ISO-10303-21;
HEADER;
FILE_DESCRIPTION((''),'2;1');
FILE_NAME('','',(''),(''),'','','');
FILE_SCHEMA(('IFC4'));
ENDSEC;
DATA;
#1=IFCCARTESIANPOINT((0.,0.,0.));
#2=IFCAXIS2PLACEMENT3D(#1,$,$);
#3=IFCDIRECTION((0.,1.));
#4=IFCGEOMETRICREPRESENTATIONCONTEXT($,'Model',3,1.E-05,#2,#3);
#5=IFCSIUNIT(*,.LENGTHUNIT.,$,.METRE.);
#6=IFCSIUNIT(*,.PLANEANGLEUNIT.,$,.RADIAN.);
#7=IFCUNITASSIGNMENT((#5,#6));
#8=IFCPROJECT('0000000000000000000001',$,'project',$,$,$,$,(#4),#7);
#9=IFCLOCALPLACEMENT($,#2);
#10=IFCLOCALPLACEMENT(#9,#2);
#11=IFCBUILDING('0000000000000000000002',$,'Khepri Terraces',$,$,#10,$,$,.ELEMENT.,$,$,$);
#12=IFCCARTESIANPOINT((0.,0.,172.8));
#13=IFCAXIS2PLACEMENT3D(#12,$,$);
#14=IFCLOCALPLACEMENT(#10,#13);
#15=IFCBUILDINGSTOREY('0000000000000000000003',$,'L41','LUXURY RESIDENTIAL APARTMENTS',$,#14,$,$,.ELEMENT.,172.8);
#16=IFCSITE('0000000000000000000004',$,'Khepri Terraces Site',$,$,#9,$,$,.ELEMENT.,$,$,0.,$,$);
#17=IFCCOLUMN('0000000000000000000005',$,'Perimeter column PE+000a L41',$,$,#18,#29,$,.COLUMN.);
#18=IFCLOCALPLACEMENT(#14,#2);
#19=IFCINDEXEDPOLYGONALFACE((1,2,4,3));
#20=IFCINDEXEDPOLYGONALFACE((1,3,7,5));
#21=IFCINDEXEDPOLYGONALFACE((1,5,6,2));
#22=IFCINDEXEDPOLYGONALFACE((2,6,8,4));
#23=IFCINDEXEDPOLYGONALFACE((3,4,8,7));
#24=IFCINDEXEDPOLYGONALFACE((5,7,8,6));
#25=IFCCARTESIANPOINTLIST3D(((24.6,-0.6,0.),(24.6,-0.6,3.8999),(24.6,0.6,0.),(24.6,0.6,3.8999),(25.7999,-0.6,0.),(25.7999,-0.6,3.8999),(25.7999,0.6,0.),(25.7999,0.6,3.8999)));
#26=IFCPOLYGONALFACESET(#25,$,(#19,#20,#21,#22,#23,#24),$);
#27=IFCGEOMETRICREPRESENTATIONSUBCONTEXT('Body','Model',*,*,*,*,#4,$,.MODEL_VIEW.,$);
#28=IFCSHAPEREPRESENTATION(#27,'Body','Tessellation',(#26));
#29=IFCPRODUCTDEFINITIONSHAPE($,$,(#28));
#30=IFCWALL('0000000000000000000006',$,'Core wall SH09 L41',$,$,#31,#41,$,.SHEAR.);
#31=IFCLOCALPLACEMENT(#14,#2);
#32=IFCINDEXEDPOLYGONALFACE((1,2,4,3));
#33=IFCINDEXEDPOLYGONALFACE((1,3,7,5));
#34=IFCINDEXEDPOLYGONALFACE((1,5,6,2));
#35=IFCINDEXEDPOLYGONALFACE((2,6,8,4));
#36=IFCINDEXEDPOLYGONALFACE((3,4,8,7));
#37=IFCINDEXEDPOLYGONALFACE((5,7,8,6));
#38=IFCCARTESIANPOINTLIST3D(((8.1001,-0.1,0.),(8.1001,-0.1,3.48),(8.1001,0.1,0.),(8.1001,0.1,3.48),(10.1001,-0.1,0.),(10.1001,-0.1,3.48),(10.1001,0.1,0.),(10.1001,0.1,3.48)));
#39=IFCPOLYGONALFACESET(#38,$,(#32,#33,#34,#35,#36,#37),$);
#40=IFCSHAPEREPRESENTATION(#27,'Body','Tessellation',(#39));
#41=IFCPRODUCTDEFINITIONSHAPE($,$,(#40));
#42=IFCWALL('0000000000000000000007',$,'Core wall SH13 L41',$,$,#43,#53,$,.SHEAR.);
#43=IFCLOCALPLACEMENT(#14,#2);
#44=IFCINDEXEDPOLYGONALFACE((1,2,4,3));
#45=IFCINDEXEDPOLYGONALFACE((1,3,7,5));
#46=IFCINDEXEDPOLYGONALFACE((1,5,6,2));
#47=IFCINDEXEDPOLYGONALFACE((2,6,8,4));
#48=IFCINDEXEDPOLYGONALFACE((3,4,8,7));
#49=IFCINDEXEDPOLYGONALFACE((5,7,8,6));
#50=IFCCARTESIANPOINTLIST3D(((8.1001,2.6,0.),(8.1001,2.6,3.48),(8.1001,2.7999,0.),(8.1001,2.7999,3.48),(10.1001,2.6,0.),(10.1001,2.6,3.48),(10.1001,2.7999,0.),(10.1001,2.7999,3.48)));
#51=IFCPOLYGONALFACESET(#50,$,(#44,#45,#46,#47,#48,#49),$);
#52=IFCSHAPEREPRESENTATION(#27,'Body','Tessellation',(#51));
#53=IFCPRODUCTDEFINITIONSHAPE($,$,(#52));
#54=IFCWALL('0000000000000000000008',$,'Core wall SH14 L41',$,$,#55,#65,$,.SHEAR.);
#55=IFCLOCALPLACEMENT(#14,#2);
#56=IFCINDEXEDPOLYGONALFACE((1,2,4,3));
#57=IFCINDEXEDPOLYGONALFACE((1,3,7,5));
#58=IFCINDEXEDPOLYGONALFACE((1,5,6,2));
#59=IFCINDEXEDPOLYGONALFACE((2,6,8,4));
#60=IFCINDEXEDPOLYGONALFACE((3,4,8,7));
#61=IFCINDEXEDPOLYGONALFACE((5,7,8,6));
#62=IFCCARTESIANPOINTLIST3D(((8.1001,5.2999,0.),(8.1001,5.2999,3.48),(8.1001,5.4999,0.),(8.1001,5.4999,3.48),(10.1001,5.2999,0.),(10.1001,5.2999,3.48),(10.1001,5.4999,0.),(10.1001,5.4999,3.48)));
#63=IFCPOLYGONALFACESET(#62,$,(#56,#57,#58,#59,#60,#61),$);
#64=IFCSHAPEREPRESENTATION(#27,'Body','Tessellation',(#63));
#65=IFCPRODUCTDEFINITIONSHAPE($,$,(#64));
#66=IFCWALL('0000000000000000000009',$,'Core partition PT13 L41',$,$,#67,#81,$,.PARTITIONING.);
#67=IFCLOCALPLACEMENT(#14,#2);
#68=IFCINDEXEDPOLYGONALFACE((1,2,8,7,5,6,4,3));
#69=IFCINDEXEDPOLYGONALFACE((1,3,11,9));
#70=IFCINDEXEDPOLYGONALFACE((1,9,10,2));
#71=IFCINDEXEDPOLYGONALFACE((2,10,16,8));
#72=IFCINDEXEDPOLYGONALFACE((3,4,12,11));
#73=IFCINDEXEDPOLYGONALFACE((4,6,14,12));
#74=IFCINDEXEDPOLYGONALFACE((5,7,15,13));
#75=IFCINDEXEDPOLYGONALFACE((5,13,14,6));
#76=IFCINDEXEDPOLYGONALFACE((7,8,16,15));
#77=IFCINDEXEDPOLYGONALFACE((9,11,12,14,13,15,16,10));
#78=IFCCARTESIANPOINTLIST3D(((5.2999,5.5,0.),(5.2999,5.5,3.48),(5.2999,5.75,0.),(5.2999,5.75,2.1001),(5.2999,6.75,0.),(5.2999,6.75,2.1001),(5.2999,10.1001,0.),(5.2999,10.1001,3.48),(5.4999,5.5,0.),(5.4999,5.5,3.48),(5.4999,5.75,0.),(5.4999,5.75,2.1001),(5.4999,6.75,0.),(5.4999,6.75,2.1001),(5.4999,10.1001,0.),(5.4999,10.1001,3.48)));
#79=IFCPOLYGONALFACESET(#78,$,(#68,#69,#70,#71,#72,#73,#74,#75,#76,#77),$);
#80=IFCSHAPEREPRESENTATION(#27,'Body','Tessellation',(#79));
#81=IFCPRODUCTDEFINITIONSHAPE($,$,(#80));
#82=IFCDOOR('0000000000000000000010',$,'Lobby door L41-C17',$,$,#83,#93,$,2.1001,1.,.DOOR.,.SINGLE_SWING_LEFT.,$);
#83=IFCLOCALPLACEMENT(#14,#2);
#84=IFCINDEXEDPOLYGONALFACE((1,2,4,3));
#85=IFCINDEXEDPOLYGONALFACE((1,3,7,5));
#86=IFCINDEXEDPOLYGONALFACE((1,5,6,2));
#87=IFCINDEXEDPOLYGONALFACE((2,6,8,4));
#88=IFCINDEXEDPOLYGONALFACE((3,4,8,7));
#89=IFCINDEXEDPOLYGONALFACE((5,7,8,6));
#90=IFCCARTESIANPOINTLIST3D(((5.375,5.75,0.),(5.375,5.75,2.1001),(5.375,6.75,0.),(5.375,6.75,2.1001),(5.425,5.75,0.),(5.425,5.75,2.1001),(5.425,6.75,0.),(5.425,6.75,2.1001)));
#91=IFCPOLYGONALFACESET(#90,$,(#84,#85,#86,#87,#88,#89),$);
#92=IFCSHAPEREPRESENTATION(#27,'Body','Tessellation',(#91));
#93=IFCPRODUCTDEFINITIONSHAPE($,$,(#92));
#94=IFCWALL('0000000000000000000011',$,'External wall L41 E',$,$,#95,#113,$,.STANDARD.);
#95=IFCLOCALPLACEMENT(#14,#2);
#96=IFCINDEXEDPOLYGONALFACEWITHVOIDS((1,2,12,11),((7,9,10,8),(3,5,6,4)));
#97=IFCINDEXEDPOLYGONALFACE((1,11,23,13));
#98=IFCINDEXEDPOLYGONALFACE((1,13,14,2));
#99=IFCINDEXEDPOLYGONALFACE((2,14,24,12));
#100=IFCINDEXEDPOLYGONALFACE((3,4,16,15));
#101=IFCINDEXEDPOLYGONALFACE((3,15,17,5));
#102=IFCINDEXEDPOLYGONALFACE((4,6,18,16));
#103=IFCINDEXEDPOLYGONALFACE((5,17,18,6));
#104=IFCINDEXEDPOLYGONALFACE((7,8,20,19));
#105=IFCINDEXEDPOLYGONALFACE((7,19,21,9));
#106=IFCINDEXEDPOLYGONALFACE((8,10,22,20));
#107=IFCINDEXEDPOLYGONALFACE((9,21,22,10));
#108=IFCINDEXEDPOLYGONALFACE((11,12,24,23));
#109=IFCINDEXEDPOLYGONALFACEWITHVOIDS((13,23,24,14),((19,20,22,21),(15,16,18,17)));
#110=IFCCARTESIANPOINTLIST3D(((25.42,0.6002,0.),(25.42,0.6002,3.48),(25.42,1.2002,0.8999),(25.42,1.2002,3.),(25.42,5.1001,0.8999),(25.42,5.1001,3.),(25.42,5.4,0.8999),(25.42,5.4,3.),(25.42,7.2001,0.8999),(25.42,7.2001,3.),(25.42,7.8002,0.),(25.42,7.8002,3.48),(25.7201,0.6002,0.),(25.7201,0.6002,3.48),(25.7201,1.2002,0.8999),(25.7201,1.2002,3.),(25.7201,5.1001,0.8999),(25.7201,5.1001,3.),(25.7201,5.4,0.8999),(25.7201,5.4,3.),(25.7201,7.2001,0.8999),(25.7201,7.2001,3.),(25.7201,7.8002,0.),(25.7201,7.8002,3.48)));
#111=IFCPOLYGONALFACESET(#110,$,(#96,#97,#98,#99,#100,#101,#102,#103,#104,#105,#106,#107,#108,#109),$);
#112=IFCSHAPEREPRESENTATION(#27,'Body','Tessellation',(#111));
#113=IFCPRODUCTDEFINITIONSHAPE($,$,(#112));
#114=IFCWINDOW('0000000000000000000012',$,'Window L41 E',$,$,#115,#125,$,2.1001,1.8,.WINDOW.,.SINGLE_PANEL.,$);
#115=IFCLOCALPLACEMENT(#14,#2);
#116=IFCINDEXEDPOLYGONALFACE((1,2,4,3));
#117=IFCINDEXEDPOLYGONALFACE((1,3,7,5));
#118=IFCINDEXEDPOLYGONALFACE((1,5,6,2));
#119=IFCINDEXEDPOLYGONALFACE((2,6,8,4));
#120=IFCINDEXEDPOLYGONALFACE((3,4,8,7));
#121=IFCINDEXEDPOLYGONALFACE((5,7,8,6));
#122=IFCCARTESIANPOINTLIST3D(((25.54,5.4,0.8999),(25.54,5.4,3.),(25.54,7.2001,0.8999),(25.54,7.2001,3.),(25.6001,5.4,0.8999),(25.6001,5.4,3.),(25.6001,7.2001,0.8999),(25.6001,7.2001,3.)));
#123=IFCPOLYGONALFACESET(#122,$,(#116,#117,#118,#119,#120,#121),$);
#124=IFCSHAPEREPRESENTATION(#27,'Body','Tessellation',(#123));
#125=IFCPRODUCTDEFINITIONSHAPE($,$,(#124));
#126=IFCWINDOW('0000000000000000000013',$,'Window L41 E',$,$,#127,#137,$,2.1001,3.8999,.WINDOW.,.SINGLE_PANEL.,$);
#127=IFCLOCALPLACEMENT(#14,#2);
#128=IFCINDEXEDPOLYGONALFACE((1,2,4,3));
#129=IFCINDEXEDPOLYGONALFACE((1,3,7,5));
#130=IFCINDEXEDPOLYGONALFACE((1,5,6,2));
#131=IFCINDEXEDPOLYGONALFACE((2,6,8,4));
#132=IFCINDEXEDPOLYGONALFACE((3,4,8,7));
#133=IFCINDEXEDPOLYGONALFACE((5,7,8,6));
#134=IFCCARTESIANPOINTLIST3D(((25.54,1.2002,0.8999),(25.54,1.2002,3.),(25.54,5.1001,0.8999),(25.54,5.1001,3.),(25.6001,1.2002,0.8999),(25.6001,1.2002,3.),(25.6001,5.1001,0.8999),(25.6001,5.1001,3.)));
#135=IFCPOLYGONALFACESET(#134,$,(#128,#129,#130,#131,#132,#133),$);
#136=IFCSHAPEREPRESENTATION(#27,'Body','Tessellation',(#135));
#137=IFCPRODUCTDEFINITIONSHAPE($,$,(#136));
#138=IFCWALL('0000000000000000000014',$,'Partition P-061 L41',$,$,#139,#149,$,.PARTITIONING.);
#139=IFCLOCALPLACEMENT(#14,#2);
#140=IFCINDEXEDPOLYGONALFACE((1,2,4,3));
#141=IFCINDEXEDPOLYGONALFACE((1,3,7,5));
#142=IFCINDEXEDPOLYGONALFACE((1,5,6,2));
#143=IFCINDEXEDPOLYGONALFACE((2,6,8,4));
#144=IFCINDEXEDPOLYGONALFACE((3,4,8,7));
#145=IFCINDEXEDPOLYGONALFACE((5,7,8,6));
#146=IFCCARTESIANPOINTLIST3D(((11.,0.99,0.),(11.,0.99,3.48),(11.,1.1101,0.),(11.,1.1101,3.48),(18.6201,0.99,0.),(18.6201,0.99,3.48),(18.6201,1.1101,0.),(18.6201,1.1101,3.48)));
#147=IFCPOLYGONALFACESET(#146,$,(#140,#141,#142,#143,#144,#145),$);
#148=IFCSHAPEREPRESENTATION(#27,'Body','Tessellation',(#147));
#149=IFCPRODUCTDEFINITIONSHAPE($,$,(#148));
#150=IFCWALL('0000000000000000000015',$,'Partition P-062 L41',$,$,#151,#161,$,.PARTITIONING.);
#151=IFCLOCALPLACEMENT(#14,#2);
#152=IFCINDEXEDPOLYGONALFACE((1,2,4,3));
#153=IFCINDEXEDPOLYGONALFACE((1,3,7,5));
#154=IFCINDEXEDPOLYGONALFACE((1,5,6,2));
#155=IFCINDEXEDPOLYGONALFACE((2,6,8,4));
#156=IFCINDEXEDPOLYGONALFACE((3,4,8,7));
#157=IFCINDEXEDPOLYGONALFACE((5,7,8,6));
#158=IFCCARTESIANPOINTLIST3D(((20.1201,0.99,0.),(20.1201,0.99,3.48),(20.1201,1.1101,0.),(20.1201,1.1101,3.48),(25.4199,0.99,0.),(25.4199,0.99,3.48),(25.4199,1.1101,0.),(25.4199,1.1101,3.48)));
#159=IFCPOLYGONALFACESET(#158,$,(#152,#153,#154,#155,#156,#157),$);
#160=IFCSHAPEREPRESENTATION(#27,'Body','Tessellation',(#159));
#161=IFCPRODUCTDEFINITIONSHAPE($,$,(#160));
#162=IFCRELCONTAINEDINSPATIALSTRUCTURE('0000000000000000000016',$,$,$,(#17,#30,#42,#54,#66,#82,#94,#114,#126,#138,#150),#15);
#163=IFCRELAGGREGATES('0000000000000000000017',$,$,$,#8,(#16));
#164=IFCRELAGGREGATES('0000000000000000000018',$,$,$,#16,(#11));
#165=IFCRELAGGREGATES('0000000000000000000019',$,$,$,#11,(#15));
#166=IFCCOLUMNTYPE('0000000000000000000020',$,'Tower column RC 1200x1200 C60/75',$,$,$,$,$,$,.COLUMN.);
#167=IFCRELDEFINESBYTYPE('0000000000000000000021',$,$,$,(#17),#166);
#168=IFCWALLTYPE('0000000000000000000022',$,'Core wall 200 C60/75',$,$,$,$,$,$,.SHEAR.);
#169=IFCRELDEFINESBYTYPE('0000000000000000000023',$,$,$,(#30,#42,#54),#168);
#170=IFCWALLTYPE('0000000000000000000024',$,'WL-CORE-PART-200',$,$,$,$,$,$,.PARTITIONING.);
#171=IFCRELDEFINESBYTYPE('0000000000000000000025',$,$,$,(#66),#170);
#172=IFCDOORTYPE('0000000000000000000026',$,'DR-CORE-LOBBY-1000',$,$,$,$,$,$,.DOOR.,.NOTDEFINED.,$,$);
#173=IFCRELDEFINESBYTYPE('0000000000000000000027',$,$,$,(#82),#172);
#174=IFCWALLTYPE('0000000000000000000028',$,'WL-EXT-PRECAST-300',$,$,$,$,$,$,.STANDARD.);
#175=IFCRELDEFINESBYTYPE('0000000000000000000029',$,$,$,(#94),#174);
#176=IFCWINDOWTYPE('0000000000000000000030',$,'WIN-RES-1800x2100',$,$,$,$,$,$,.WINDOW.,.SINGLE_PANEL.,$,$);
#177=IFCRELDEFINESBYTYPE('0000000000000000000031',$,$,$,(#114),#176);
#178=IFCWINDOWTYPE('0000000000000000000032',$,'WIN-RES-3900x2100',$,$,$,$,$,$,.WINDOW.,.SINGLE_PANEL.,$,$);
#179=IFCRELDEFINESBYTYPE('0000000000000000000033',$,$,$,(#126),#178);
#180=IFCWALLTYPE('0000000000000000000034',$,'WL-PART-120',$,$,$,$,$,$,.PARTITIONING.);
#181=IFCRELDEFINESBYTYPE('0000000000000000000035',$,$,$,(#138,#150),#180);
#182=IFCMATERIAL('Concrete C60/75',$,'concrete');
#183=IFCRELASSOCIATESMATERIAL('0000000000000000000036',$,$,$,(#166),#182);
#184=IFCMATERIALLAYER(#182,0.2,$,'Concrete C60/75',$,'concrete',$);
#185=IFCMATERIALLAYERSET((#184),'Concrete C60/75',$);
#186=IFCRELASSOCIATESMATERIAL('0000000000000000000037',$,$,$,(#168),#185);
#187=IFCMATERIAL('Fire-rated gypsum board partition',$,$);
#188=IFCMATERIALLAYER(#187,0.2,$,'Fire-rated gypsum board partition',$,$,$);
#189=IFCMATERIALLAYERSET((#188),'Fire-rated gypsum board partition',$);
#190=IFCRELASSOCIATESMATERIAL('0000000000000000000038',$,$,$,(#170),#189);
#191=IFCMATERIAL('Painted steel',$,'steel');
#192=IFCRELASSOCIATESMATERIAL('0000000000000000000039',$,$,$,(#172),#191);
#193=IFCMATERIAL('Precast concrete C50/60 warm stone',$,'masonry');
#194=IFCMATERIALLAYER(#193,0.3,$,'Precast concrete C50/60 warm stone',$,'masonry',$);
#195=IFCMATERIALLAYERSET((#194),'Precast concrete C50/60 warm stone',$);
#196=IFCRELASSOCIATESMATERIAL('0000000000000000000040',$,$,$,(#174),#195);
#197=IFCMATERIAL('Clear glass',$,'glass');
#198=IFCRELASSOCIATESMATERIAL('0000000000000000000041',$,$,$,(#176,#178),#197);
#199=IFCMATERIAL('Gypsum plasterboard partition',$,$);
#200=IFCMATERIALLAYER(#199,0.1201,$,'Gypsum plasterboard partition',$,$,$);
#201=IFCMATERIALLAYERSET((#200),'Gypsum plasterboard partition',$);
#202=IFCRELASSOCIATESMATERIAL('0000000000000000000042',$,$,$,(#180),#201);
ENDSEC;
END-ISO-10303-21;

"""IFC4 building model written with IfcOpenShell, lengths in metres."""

from ifc_helpers import new_model, si_unit, direction, frame, frame_2d, origin, origin_2d, place, context, subcontext, project, spatial, rectangle, extrude, material, layer, layer_set, material_profile, profile_set, type_object, element, fill, save


model = new_model("IFC4")

# Units and contexts
model_context = context("Model", 3, precision=1e-05, world=origin(), true_north=direction((0.0, 1.0)))
body_context = subcontext(model_context, "Body", "Model", "MODEL_VIEW")
ifc_project = project(units=[si_unit("LENGTHUNIT", "METRE"), si_unit("PLANEANGLEUNIT", "RADIAN")], contexts=[model_context])

# Site, building, storey
site_placement = place(None, origin())
site = spatial("IfcSite", under=ifc_project, at=site_placement, Name="Khepri Terraces Site", CompositionType="ELEMENT", RefElevation=0.0)
building_placement = place(site_placement, origin())
building = spatial("IfcBuilding", under=site, at=building_placement, Name="Khepri Terraces", CompositionType="ELEMENT")
storey_placement = place(building_placement, frame((0.0, 0.0, 172.8)))
storey = spatial("IfcBuildingStorey", under=building, at=storey_placement, Name="L41", Description="LUXURY RESIDENTIAL APARTMENTS", CompositionType="ELEMENT", Elevation=172.8)

# Column
ifc_material_1 = material(Name="Concrete C60/75", Category="concrete")
ifc_material_profile = material_profile(ifc_material_1, rectangle(XDim=1.2, YDim=1.2, at=origin_2d()), Name="Concrete C60/75", Category="concrete")
ifc_profile_set = profile_set([ifc_material_profile], Name="Concrete C60/75")
column_type = type_object("IfcColumnType", Name="Tower column RC 1200x1200 C60/75", PredefinedType="COLUMN", material=ifc_profile_set)
column_placement = place(storey_placement, frame((25.2, 0.0, 0.0), z_axis=(0.0, 0.0, 1.0), x_axis=(1.0, 0.0, 0.0)))
element("IfcColumn", 1, at=column_placement, inside=storey, type_object=column_type, Name="Perimeter column PE+000a L41", PredefinedType="COLUMN", context=body_context, shape_type="SweptSolid", body=[
    extrude(rectangle(XDim=1.2, YDim=1.2, at=origin_2d()), origin(), (0.0, 0.0, 1.0), 3.8999),
])

# Walls
ifc_layer_1 = layer(ifc_material_1, 0.2, Name="Concrete C60/75", Category="concrete")
ifc_layer_set_1 = layer_set([ifc_layer_1], Name="Concrete C60/75")
wall_type_1 = type_object("IfcWallType", Name="Core wall 200 C60/75", PredefinedType="SHEAR", material=ifc_layer_set_1)
for number, where, z_axis, x_axis, name in (
    (2, (8.1001, 0.0, 0.0), (0.0, 0.0, 1.0), (1.0, 0.0, 0.0), "Core wall SH09 L41"),
    (3, (8.1001, 2.7, 0.0), (0.0, 0.0, 1.0), (1.0, 0.0, 0.0), "Core wall SH13 L41"),
    (4, (8.1001, 5.3999, 0.0), (0.0, 0.0, 1.0), (1.0, 0.0, 0.0), "Core wall SH14 L41"),
):
    element("IfcWall", number, at=place(storey_placement, frame(where, z_axis=z_axis, x_axis=x_axis)), inside=storey, type_object=wall_type_1, Name=name, PredefinedType="SHEAR", context=body_context, shape_type="SweptSolid", body=[
        extrude(rectangle(XDim=2.0, YDim=0.2, at=frame_2d((1.0, 0.0))), origin(), (0.0, 0.0, 1.0), 3.48),
    ])

# Wall, opening, door
ifc_material_2 = material(Name="Fire-rated gypsum board partition")
ifc_layer_2 = layer(ifc_material_2, 0.2, Name="Fire-rated gypsum board partition")
ifc_layer_set_2 = layer_set([ifc_layer_2], Name="Fire-rated gypsum board partition")
wall_type_2 = type_object("IfcWallType", Name="WL-CORE-PART-200", PredefinedType="PARTITIONING", material=ifc_layer_set_2)
wall_1_placement = place(storey_placement, frame((5.3999, 5.5, 0.0), z_axis=(0.0, 0.0, 1.0), x_axis=(0.0, 1.0, 0.0)))
wall_1 = element("IfcWall", 5, at=wall_1_placement, inside=storey, type_object=wall_type_2, Name="Core partition PT13 L41", PredefinedType="PARTITIONING", context=body_context, shape_type="SweptSolid", body=[
    extrude(rectangle(XDim=4.6001, YDim=0.2, at=frame_2d((2.3, 0.0))), origin(), (0.0, 0.0, 1.0), 3.48),
])
opening_1_placement = place(wall_1_placement, frame((0.25, 0.0, 0.0)))
opening_1 = element("IfcOpeningElement", 6, at=opening_1_placement, cuts=wall_1, PredefinedType="OPENING", context=body_context, shape_type="SweptSolid", body=[
    extrude(rectangle(XDim=1.0, YDim=2.1001, at=frame_2d((0.5, 1.05))), frame((0.0, 0.1099, 0.0), z_axis=(0.0, -1.0, 0.0), x_axis=(1.0, 0.0, 0.0)), (0.0, 0.0, 1.0), 0.22),
])
ifc_material_3 = material(Name="Painted steel", Category="steel")
door_type_1 = type_object("IfcDoorType", Name="DR-CORE-LOBBY-1000", OperationType="NOTDEFINED", PredefinedType="DOOR", material=ifc_material_3)
door_1_placement = place(opening_1_placement, origin())
door_1 = element("IfcDoor", 7, at=door_1_placement, inside=storey, type_object=door_type_1, Name="Lobby door L41-C17", OperationType="SINGLE_SWING_LEFT", OverallHeight=2.1001, OverallWidth=1.0, PredefinedType="DOOR", context=body_context, shape_type="SweptSolid", body=[
    extrude(rectangle(XDim=1.0, YDim=2.1001, at=frame_2d((0.5, 1.05))), frame((0.0, 0.0249, 0.0), z_axis=(0.0, -1.0, 0.0), x_axis=(1.0, 0.0, 0.0)), (0.0, 0.0, 1.0), 0.05),
])
fill(opening_1, door_1)

# Wall, openings, windows
ifc_material_4 = material(Name="Precast concrete C50/60 warm stone", Category="masonry")
ifc_layer_3 = layer(ifc_material_4, 0.3, Name="Precast concrete C50/60 warm stone", Category="masonry")
ifc_layer_set_3 = layer_set([ifc_layer_3], Name="Precast concrete C50/60 warm stone")
wall_type_3 = type_object("IfcWallType", Name="WL-EXT-PRECAST-300", PredefinedType="STANDARD", material=ifc_layer_set_3)
wall_2_placement = place(storey_placement, frame((25.5701, 0.6001, 0.0), z_axis=(0.0, 0.0, 1.0), x_axis=(0.0, 1.0, 0.0)))
wall_2 = element("IfcWall", 8, at=wall_2_placement, inside=storey, type_object=wall_type_3, Name="External wall L41 E", PredefinedType="STANDARD", context=body_context, shape_type="SweptSolid", body=[
    extrude(rectangle(XDim=7.2, YDim=0.3, at=frame_2d((3.6001, 0.0))), origin(), (0.0, 0.0, 1.0), 3.48),
])
opening_2_placement = place(wall_2_placement, frame((0.6001, 0.0, 0.8999)))
opening_2 = element("IfcOpeningElement", 9, at=opening_2_placement, cuts=wall_2, PredefinedType="OPENING", context=body_context, shape_type="SweptSolid", body=[
    extrude(rectangle(XDim=3.8999, YDim=2.1001, at=frame_2d((1.95, 1.05))), frame((0.0, 0.1602, 0.0), z_axis=(0.0, -1.0, 0.0), x_axis=(1.0, 0.0, 0.0)), (0.0, 0.0, 1.0), 0.3201),
])
opening_3_placement = place(wall_2_placement, frame((4.8, 0.0, 0.8999)))
opening_3 = element("IfcOpeningElement", 10, at=opening_3_placement, cuts=wall_2, PredefinedType="OPENING", context=body_context, shape_type="SweptSolid", body=[
    extrude(rectangle(XDim=1.8, YDim=2.1001, at=frame_2d((0.8999, 1.05))), frame((0.0, 0.1602, 0.0), z_axis=(0.0, -1.0, 0.0), x_axis=(1.0, 0.0, 0.0)), (0.0, 0.0, 1.0), 0.3201),
])
ifc_material_5 = material(Name="Clear glass", Category="glass")
window_type_1 = type_object("IfcWindowType", Name="WIN-RES-1800x2100", PartitioningType="SINGLE_PANEL", PredefinedType="WINDOW", material=ifc_material_5)
window_1_placement = place(opening_3_placement, origin())
window_1 = element("IfcWindow", 11, at=window_1_placement, inside=storey, type_object=window_type_1, Name="Window L41 E", OverallHeight=2.1001, OverallWidth=1.8, PartitioningType="SINGLE_PANEL", PredefinedType="WINDOW", context=body_context, shape_type="SweptSolid", body=[
    extrude(rectangle(XDim=1.8, YDim=2.1001, at=frame_2d((0.8999, 1.05))), frame((0.0, 0.03, 0.0), z_axis=(0.0, -1.0, 0.0), x_axis=(1.0, 0.0, 0.0)), (0.0, 0.0, 1.0), 0.0601),
])
fill(opening_3, window_1)
window_type_2 = type_object("IfcWindowType", Name="WIN-RES-3900x2100", PartitioningType="SINGLE_PANEL", PredefinedType="WINDOW", material=ifc_material_5)
window_2_placement = place(opening_2_placement, origin())
window_2 = element("IfcWindow", 12, at=window_2_placement, inside=storey, type_object=window_type_2, Name="Window L41 E", OverallHeight=2.1001, OverallWidth=3.8999, PartitioningType="SINGLE_PANEL", PredefinedType="WINDOW", context=body_context, shape_type="SweptSolid", body=[
    extrude(rectangle(XDim=3.8999, YDim=2.1001, at=frame_2d((1.95, 1.05))), frame((0.0, 0.03, 0.0), z_axis=(0.0, -1.0, 0.0), x_axis=(1.0, 0.0, 0.0)), (0.0, 0.0, 1.0), 0.0601),
])
fill(opening_2, window_2)

# Walls
ifc_material_6 = material(Name="Gypsum plasterboard partition")
ifc_layer_4 = layer(ifc_material_6, 0.1201, Name="Gypsum plasterboard partition")
ifc_layer_set_4 = layer_set([ifc_layer_4], Name="Gypsum plasterboard partition")
wall_type_4 = type_object("IfcWallType", Name="WL-PART-120", PredefinedType="PARTITIONING", material=ifc_layer_set_4)
wall_3_placement = place(storey_placement, frame((11.0, 1.05, 0.0), z_axis=(0.0, 0.0, 1.0), x_axis=(1.0, 0.0, 0.0)))
element("IfcWall", 13, at=wall_3_placement, inside=storey, type_object=wall_type_4, Name="Partition P-061 L41", PredefinedType="PARTITIONING", context=body_context, shape_type="SweptSolid", body=[
    extrude(rectangle(XDim=7.6201, YDim=0.1201, at=frame_2d((3.8101, 0.0))), origin(), (0.0, 0.0, 1.0), 3.48),
])
wall_4_placement = place(storey_placement, frame((20.1201, 1.05, 0.0), z_axis=(0.0, 0.0, 1.0), x_axis=(1.0, 0.0, 0.0)))
element("IfcWall", 14, at=wall_4_placement, inside=storey, type_object=wall_type_4, Name="Partition P-062 L41", PredefinedType="PARTITIONING", context=body_context, shape_type="SweptSolid", body=[
    extrude(rectangle(XDim=5.2998, YDim=0.1201, at=frame_2d((2.6499, 0.0))), origin(), (0.0, 0.0, 1.0), 3.48),
])

save(model, "model.ifc")
